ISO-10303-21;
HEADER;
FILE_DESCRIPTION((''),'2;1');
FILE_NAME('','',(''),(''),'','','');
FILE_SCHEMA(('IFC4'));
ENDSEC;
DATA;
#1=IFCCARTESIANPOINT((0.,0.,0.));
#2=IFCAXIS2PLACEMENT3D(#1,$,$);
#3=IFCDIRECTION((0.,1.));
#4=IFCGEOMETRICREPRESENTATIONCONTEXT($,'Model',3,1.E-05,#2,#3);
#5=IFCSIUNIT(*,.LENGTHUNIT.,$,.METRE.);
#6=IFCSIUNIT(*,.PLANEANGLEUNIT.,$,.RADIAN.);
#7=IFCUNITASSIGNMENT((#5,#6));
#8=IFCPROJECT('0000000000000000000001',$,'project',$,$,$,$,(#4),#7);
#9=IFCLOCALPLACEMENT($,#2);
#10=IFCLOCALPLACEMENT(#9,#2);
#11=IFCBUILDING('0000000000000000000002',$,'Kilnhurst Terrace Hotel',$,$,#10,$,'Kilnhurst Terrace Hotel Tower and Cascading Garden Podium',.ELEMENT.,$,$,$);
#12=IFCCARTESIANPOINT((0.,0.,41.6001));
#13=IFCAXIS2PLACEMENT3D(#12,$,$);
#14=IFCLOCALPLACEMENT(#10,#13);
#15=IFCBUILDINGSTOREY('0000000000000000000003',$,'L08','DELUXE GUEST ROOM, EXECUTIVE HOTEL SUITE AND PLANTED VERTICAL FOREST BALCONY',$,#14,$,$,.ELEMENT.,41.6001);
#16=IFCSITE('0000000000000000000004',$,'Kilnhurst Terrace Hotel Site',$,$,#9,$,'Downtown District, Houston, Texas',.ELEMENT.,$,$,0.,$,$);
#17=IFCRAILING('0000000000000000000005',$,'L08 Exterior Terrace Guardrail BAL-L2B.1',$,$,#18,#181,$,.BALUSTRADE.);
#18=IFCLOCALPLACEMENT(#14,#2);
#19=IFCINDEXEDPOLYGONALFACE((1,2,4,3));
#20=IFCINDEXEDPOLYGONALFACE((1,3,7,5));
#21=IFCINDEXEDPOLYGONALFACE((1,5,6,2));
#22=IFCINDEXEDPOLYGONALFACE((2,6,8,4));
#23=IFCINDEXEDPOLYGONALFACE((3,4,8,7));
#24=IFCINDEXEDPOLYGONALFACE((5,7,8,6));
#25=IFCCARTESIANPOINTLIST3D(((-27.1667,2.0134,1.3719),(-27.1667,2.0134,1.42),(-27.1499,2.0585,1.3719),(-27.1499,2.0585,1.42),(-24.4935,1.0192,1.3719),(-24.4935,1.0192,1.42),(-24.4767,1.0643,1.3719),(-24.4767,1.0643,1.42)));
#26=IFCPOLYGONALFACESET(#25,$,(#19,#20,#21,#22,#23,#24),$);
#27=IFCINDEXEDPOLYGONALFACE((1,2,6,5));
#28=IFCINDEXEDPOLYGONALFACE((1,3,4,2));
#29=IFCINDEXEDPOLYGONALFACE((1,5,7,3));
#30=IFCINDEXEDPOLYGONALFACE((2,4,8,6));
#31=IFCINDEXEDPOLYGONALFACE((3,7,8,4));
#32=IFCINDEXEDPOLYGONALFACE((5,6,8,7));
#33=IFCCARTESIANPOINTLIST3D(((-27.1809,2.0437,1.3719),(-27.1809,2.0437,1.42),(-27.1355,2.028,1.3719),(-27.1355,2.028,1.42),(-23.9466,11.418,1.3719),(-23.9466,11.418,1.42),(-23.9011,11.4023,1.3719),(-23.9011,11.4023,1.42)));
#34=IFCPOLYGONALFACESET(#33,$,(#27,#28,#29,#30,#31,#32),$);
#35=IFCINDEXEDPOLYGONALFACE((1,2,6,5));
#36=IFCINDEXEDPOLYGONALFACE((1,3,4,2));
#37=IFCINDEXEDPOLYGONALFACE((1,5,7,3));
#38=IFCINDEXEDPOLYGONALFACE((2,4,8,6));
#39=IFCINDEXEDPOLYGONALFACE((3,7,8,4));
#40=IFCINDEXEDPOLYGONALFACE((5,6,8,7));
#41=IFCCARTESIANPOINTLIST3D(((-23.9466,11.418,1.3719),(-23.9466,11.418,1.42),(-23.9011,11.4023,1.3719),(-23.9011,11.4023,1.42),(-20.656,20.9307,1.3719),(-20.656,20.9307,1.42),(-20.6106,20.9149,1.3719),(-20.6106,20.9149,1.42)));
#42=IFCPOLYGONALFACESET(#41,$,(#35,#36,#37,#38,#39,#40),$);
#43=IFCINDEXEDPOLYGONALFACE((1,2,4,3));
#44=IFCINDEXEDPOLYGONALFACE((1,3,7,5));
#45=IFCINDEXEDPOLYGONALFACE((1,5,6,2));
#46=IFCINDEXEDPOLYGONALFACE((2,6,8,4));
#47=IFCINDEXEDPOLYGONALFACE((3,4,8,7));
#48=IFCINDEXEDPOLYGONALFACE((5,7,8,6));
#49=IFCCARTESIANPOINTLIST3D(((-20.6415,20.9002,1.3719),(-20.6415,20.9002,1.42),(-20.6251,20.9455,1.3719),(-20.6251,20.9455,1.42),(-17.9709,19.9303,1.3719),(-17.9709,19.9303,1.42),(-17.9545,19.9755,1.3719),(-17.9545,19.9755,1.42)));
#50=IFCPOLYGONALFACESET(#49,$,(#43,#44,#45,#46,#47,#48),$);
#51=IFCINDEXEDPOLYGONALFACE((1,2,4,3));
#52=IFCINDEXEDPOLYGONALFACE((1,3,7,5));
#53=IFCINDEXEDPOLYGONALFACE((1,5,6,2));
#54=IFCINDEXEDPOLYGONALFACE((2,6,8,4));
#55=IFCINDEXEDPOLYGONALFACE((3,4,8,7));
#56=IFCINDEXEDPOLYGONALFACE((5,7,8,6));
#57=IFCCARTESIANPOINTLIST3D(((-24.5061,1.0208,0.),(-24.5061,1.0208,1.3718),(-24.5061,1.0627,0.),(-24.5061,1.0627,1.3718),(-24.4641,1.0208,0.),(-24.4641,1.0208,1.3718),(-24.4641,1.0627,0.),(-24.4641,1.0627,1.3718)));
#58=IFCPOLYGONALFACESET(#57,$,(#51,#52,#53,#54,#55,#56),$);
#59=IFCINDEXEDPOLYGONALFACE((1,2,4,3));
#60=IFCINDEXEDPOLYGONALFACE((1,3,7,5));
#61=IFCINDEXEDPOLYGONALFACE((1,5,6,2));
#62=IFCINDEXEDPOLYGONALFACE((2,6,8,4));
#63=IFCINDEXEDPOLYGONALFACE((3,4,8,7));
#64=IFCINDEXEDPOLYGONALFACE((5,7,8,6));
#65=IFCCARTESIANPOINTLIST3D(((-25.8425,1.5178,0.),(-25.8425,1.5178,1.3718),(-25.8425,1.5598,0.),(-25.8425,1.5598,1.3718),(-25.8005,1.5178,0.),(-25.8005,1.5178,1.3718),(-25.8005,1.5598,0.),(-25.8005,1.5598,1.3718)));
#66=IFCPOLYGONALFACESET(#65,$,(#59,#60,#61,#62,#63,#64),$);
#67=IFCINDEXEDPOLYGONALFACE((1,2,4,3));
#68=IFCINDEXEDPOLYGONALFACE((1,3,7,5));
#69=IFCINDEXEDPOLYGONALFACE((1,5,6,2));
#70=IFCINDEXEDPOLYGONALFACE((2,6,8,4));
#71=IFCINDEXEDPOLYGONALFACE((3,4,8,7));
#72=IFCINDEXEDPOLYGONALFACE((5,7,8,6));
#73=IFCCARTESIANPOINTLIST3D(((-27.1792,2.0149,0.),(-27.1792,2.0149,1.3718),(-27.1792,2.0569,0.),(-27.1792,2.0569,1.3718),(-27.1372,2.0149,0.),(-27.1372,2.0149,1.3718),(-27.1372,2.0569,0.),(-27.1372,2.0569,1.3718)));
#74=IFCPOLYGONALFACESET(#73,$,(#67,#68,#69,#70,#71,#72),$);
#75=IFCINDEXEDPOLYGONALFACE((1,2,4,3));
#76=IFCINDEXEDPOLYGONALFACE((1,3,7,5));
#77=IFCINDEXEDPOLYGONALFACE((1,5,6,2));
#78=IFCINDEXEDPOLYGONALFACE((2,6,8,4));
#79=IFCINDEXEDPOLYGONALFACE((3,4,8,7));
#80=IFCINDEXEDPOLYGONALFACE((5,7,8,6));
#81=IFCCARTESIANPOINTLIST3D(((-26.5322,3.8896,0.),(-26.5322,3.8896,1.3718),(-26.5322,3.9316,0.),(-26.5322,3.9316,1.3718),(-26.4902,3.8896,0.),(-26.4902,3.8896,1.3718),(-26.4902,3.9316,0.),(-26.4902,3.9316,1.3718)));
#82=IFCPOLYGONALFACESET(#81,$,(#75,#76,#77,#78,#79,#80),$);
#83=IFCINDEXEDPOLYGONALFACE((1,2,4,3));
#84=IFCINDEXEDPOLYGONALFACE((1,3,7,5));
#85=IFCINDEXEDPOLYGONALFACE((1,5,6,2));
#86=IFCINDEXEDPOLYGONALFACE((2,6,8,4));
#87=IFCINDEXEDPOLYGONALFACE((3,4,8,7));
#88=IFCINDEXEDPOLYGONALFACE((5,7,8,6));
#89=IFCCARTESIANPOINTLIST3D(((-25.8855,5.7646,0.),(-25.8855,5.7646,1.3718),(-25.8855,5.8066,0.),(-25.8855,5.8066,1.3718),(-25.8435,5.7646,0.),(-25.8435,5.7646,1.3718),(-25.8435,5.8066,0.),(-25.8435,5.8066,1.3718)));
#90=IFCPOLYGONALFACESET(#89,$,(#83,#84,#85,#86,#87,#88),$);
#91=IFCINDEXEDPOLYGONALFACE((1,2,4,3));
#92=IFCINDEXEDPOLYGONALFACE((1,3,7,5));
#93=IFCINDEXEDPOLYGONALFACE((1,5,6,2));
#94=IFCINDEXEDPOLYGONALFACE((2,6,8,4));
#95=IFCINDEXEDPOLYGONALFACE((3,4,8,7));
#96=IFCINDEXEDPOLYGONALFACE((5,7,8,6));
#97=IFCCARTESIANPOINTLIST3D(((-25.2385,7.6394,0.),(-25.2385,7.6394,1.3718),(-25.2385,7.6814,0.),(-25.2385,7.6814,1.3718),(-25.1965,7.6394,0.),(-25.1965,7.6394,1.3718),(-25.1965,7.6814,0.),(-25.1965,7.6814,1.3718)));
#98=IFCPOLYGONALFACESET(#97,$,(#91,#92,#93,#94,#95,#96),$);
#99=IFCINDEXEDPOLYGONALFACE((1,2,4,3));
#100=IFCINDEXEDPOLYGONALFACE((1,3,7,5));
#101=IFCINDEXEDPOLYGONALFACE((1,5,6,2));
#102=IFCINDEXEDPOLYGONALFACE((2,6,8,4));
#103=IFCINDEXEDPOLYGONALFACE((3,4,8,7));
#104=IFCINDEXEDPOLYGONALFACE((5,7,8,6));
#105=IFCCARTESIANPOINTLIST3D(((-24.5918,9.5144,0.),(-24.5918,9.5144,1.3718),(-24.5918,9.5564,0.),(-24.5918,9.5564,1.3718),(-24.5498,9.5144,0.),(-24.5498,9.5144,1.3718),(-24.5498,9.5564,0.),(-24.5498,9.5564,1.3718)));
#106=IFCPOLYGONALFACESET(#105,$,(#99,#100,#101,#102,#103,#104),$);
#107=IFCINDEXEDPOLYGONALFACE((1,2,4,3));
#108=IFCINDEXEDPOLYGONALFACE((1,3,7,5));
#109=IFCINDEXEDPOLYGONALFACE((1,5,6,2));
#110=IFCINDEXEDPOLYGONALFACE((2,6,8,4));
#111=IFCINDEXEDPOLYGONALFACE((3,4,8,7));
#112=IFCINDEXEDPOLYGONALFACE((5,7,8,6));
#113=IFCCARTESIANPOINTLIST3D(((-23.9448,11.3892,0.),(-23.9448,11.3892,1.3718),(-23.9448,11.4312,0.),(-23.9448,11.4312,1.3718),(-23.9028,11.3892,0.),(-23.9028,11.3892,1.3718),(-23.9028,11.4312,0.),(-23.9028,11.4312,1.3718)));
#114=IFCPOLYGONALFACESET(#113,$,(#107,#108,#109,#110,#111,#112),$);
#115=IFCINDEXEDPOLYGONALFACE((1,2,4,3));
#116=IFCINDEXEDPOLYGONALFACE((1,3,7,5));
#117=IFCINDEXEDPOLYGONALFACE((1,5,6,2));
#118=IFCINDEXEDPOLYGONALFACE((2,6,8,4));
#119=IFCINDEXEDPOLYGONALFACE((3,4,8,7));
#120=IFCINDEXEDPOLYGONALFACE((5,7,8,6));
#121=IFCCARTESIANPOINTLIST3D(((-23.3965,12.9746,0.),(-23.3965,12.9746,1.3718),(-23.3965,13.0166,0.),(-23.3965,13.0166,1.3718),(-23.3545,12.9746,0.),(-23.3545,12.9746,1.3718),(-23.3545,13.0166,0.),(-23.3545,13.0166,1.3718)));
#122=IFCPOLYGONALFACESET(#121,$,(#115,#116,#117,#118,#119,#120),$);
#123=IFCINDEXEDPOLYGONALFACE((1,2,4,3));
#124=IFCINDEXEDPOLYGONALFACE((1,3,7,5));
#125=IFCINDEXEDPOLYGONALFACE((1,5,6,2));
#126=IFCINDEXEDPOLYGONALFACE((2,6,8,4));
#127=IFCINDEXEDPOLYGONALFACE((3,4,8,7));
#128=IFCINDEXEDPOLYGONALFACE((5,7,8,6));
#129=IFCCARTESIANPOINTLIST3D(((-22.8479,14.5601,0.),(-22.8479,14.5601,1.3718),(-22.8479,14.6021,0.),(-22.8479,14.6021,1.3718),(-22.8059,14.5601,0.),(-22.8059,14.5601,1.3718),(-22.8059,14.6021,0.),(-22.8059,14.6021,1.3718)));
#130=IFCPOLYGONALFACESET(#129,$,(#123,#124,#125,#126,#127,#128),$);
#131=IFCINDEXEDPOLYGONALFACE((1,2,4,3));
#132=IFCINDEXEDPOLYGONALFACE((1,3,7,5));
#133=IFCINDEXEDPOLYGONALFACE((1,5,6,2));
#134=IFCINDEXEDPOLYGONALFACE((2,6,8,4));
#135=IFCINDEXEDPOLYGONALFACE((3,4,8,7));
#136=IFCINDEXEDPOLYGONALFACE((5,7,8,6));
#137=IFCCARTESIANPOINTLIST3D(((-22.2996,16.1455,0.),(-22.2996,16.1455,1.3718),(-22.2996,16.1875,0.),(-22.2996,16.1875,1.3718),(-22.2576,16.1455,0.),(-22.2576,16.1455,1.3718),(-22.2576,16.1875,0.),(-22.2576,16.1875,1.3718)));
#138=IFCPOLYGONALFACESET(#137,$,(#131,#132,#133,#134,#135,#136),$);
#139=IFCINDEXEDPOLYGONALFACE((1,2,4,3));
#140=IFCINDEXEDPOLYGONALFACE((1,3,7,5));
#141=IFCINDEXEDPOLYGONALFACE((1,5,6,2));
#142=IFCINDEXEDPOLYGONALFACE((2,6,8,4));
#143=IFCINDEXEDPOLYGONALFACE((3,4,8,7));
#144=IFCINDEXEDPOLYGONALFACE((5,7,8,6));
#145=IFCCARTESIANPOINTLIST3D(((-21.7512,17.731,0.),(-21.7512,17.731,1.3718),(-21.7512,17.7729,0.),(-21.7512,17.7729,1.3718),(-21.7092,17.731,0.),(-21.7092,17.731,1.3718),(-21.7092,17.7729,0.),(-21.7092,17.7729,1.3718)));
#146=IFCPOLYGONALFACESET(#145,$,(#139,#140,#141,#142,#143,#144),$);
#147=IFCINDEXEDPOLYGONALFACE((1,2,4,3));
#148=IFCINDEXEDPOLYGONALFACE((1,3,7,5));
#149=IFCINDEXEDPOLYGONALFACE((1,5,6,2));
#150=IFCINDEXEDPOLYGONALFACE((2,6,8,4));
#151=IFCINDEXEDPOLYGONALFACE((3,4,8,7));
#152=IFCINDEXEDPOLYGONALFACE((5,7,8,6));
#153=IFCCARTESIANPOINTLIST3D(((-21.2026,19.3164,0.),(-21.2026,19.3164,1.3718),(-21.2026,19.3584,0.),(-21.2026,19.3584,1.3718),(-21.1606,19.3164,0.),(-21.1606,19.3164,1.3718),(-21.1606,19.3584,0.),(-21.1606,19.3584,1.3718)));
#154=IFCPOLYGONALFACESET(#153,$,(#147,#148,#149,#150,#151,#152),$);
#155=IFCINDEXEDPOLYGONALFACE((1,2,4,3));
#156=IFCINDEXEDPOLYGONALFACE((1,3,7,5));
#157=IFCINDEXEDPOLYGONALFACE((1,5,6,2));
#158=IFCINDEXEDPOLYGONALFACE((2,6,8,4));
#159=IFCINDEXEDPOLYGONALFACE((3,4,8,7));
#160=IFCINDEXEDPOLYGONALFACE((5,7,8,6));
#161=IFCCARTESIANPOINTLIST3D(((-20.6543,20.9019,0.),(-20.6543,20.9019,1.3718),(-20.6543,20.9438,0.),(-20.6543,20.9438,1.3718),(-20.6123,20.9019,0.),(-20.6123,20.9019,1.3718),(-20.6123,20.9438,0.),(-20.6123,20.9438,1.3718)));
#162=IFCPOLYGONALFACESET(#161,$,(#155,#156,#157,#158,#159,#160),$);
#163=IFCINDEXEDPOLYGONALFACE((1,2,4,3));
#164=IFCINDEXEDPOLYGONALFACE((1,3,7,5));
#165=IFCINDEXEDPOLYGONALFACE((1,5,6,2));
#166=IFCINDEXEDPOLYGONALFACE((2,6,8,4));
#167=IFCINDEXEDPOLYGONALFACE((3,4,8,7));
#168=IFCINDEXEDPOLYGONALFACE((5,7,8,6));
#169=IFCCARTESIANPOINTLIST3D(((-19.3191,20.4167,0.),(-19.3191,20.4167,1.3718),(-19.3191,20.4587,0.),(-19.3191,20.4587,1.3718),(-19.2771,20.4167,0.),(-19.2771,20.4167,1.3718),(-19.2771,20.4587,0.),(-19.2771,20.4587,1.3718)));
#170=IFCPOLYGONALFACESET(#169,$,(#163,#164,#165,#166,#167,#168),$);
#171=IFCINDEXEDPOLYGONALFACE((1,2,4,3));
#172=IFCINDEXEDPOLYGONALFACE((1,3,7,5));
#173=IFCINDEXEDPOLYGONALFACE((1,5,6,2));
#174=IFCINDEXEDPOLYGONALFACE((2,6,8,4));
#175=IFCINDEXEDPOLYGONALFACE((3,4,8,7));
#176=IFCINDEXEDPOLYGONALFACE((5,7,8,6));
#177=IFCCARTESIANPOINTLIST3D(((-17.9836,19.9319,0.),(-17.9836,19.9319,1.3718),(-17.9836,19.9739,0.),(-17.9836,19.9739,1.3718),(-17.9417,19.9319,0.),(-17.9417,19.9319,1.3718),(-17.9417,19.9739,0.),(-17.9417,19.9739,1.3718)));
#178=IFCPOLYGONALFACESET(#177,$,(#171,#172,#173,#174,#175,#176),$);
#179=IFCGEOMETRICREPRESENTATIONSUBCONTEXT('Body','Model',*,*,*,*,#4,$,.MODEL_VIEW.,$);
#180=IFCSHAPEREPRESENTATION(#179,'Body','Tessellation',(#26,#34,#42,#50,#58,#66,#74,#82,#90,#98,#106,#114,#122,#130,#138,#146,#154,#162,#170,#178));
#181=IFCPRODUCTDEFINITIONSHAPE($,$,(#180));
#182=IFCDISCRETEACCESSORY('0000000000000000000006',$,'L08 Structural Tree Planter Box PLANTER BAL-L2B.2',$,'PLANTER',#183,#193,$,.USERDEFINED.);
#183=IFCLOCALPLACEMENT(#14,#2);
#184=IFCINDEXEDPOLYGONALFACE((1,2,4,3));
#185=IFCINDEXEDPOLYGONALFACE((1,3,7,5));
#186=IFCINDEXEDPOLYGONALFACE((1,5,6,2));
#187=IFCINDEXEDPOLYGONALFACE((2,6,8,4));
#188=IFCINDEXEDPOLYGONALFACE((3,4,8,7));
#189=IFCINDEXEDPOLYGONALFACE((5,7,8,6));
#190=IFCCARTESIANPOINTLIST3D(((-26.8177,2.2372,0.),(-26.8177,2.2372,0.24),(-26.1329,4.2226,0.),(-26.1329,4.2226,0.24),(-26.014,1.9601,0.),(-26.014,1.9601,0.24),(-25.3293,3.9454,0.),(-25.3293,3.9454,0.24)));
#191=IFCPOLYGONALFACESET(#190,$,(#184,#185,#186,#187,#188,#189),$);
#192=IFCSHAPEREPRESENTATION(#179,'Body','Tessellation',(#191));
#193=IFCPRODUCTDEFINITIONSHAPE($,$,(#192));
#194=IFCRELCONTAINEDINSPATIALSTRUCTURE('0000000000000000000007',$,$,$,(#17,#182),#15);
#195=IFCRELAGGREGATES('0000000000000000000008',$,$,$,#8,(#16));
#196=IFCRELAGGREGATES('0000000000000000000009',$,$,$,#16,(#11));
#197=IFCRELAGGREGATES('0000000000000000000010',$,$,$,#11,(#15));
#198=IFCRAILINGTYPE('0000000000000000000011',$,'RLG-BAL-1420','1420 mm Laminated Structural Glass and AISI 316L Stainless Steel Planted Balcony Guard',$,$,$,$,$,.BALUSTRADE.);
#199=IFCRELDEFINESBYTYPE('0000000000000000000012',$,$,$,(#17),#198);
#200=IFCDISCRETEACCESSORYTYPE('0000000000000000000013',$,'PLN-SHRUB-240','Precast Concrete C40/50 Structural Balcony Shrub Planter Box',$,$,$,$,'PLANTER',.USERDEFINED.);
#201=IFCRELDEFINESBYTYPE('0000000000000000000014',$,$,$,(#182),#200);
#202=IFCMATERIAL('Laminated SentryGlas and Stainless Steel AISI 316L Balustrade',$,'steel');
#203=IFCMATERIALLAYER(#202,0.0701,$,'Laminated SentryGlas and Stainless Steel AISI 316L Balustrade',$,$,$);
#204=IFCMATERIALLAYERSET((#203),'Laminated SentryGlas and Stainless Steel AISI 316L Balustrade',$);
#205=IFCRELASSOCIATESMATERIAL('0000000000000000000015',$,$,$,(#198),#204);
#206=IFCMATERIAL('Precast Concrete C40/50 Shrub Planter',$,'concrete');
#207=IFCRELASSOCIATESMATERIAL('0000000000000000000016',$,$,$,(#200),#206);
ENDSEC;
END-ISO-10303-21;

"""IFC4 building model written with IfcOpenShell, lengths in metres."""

from ifc_helpers import new_model, si_unit, direction, frame, origin, origin_2d, place, context, subcontext, project, spatial, rectangle, extrude, material, layer, layer_set, type_object, element, save


model = new_model("IFC4")

# Units and contexts
model_context = context("Model", 3, precision=1e-05, world=origin(), true_north=direction((0.0, 1.0)))
body_context = subcontext(model_context, "Body", "Model", "MODEL_VIEW")
ifc_project = project(units=[si_unit("LENGTHUNIT", "METRE"), si_unit("PLANEANGLEUNIT", "RADIAN")], contexts=[model_context])

# Site, building, storey
site_placement = place(None, origin())
site = spatial("IfcSite", under=ifc_project, at=site_placement, Name="Kilnhurst Terrace Hotel Site", LongName="Downtown District, Houston, Texas", CompositionType="ELEMENT", RefElevation=0.0)
building_placement = place(site_placement, origin())
building = spatial("IfcBuilding", under=site, at=building_placement, Name="Kilnhurst Terrace Hotel", LongName="Kilnhurst Terrace Hotel Tower and Cascading Garden Podium", CompositionType="ELEMENT")
storey_placement = place(building_placement, frame((0.0, 0.0, 41.6001)))
storey = spatial("IfcBuildingStorey", under=building, at=storey_placement, Name="L08", Description="DELUXE GUEST ROOM, EXECUTIVE HOTEL SUITE AND PLANTED VERTICAL FOREST BALCONY", CompositionType="ELEMENT", Elevation=41.6001)

# Railing
ifc_material_1 = material(Name="Laminated SentryGlas and Stainless Steel AISI 316L Balustrade", Category="steel")
ifc_layer_1 = layer(ifc_material_1, 0.0701, Name="Laminated SentryGlas and Stainless Steel AISI 316L Balustrade")
ifc_layer_set_1 = layer_set([ifc_layer_1], Name="Laminated SentryGlas and Stainless Steel AISI 316L Balustrade")
railing_type = type_object("IfcRailingType", Name="RLG-BAL-1420", Description="1420 mm Laminated Structural Glass and AISI 316L Stainless Steel Planted Balcony Guard", PredefinedType="BALUSTRADE", material=ifc_layer_set_1)
railing_placement = place(storey_placement, frame((-24.4851, 1.0417, 0.0)))
element("IfcRailing", 1, at=railing_placement, inside=storey, type_object=railing_type, Name="L08 Exterior Terrace Guardrail BAL-L2B.1", PredefinedType="BALUSTRADE", context=body_context, shape_type="SweptSolid", body=[
    extrude(rectangle(XDim=0.0481, YDim=0.0481, at=origin_2d()), frame((0.0, 0.0, 1.396), z_axis=(-0.937279, 0.34858, 0.0), x_axis=(-0.34858, -0.937279, 0.0)), (0.0, 0.0, 1.0), 2.8521),
    extrude(rectangle(XDim=0.0481, YDim=0.0481, at=origin_2d()), frame((-2.6731, 0.9941, 1.396), z_axis=(0.326159, 0.945315, 0.0), x_axis=(-0.945315, 0.326159, 0.0)), (0.0, 0.0, 1.0), 9.9165),
    extrude(rectangle(XDim=0.0481, YDim=0.0481, at=origin_2d()), frame((0.5613, 10.3684, 1.396), z_axis=(0.326904, 0.945058, 0.0), x_axis=(-0.945058, 0.326904, 0.0)), (0.0, 0.0, 1.0), 10.0657),
    extrude(rectangle(XDim=0.0481, YDim=0.0481, at=origin_2d()), frame((3.8518, 19.8811, 1.396), z_axis=(0.939926, -0.341377, 0.0), x_axis=(0.341377, 0.939926, 0.0)), (0.0, 0.0, 1.0), 2.8413),
    extrude(rectangle(XDim=0.042, YDim=0.042, at=origin_2d()), origin(), (0.0, 0.0, 1.0), 1.3718),
    extrude(rectangle(XDim=0.042, YDim=0.042, at=origin_2d()), frame((-1.3364, 0.4971, 0.0)), (0.0, 0.0, 1.0), 1.3718),
    extrude(rectangle(XDim=0.042, YDim=0.042, at=origin_2d()), frame((-2.6731, 0.9941, 0.0)), (0.0, 0.0, 1.0), 1.3718),
    extrude(rectangle(XDim=0.042, YDim=0.042, at=origin_2d()), frame((-2.0261, 2.8689, 0.0)), (0.0, 0.0, 1.0), 1.3718),
    extrude(rectangle(XDim=0.042, YDim=0.042, at=origin_2d()), frame((-1.3794, 4.7439, 0.0)), (0.0, 0.0, 1.0), 1.3718),
    extrude(rectangle(XDim=0.042, YDim=0.042, at=origin_2d()), frame((-0.7324, 6.6187, 0.0)), (0.0, 0.0, 1.0), 1.3718),
    extrude(rectangle(XDim=0.042, YDim=0.042, at=origin_2d()), frame((-0.0857, 8.4937, 0.0)), (0.0, 0.0, 1.0), 1.3718),
    extrude(rectangle(XDim=0.042, YDim=0.042, at=origin_2d()), frame((0.5613, 10.3684, 0.0)), (0.0, 0.0, 1.0), 1.3718),
    extrude(rectangle(XDim=0.042, YDim=0.042, at=origin_2d()), frame((1.1096, 11.9539, 0.0)), (0.0, 0.0, 1.0), 1.3718),
    extrude(rectangle(XDim=0.042, YDim=0.042, at=origin_2d()), frame((1.6582, 13.5393, 0.0)), (0.0, 0.0, 1.0), 1.3718),
    extrude(rectangle(XDim=0.042, YDim=0.042, at=origin_2d()), frame((2.2065, 15.1248, 0.0)), (0.0, 0.0, 1.0), 1.3718),
    extrude(rectangle(XDim=0.042, YDim=0.042, at=origin_2d()), frame((2.7549, 16.7102, 0.0)), (0.0, 0.0, 1.0), 1.3718),
    extrude(rectangle(XDim=0.042, YDim=0.042, at=origin_2d()), frame((3.3035, 18.2957, 0.0)), (0.0, 0.0, 1.0), 1.3718),
    extrude(rectangle(XDim=0.042, YDim=0.042, at=origin_2d()), frame((3.8518, 19.8811, 0.0)), (0.0, 0.0, 1.0), 1.3718),
    extrude(rectangle(XDim=0.042, YDim=0.042, at=origin_2d()), frame((5.187, 19.396, 0.0)), (0.0, 0.0, 1.0), 1.3718),
    extrude(rectangle(XDim=0.042, YDim=0.042, at=origin_2d()), frame((6.5225, 18.9111, 0.0)), (0.0, 0.0, 1.0), 1.3718),
])

# Discrete accessory
ifc_material_2 = material(Name="Precast Concrete C40/50 Shrub Planter", Category="concrete")
discrete_accessory_type = type_object("IfcDiscreteAccessoryType", Name="PLN-SHRUB-240", Description="Precast Concrete C40/50 Structural Balcony Shrub Planter Box", ElementType="PLANTER", PredefinedType="USERDEFINED", material=ifc_material_2)
discrete_accessory_placement = place(storey_placement, frame((-26.0735, 3.0913, 0.0), z_axis=(0.0, 0.0, 1.0), x_axis=(-0.326063, -0.945348, 0.0)))
element("IfcDiscreteAccessory", 2, at=discrete_accessory_placement, inside=storey, type_object=discrete_accessory_type, Name="L08 Structural Tree Planter Box PLANTER BAL-L2B.2", ObjectType="PLANTER", PredefinedType="USERDEFINED", context=body_context, shape_type="SweptSolid", body=[
    extrude(rectangle(XDim=2.1001, YDim=0.8501, at=origin_2d()), origin(), (0.0, 0.0, 1.0), 0.24),
])

save(model, "model.ifc")
